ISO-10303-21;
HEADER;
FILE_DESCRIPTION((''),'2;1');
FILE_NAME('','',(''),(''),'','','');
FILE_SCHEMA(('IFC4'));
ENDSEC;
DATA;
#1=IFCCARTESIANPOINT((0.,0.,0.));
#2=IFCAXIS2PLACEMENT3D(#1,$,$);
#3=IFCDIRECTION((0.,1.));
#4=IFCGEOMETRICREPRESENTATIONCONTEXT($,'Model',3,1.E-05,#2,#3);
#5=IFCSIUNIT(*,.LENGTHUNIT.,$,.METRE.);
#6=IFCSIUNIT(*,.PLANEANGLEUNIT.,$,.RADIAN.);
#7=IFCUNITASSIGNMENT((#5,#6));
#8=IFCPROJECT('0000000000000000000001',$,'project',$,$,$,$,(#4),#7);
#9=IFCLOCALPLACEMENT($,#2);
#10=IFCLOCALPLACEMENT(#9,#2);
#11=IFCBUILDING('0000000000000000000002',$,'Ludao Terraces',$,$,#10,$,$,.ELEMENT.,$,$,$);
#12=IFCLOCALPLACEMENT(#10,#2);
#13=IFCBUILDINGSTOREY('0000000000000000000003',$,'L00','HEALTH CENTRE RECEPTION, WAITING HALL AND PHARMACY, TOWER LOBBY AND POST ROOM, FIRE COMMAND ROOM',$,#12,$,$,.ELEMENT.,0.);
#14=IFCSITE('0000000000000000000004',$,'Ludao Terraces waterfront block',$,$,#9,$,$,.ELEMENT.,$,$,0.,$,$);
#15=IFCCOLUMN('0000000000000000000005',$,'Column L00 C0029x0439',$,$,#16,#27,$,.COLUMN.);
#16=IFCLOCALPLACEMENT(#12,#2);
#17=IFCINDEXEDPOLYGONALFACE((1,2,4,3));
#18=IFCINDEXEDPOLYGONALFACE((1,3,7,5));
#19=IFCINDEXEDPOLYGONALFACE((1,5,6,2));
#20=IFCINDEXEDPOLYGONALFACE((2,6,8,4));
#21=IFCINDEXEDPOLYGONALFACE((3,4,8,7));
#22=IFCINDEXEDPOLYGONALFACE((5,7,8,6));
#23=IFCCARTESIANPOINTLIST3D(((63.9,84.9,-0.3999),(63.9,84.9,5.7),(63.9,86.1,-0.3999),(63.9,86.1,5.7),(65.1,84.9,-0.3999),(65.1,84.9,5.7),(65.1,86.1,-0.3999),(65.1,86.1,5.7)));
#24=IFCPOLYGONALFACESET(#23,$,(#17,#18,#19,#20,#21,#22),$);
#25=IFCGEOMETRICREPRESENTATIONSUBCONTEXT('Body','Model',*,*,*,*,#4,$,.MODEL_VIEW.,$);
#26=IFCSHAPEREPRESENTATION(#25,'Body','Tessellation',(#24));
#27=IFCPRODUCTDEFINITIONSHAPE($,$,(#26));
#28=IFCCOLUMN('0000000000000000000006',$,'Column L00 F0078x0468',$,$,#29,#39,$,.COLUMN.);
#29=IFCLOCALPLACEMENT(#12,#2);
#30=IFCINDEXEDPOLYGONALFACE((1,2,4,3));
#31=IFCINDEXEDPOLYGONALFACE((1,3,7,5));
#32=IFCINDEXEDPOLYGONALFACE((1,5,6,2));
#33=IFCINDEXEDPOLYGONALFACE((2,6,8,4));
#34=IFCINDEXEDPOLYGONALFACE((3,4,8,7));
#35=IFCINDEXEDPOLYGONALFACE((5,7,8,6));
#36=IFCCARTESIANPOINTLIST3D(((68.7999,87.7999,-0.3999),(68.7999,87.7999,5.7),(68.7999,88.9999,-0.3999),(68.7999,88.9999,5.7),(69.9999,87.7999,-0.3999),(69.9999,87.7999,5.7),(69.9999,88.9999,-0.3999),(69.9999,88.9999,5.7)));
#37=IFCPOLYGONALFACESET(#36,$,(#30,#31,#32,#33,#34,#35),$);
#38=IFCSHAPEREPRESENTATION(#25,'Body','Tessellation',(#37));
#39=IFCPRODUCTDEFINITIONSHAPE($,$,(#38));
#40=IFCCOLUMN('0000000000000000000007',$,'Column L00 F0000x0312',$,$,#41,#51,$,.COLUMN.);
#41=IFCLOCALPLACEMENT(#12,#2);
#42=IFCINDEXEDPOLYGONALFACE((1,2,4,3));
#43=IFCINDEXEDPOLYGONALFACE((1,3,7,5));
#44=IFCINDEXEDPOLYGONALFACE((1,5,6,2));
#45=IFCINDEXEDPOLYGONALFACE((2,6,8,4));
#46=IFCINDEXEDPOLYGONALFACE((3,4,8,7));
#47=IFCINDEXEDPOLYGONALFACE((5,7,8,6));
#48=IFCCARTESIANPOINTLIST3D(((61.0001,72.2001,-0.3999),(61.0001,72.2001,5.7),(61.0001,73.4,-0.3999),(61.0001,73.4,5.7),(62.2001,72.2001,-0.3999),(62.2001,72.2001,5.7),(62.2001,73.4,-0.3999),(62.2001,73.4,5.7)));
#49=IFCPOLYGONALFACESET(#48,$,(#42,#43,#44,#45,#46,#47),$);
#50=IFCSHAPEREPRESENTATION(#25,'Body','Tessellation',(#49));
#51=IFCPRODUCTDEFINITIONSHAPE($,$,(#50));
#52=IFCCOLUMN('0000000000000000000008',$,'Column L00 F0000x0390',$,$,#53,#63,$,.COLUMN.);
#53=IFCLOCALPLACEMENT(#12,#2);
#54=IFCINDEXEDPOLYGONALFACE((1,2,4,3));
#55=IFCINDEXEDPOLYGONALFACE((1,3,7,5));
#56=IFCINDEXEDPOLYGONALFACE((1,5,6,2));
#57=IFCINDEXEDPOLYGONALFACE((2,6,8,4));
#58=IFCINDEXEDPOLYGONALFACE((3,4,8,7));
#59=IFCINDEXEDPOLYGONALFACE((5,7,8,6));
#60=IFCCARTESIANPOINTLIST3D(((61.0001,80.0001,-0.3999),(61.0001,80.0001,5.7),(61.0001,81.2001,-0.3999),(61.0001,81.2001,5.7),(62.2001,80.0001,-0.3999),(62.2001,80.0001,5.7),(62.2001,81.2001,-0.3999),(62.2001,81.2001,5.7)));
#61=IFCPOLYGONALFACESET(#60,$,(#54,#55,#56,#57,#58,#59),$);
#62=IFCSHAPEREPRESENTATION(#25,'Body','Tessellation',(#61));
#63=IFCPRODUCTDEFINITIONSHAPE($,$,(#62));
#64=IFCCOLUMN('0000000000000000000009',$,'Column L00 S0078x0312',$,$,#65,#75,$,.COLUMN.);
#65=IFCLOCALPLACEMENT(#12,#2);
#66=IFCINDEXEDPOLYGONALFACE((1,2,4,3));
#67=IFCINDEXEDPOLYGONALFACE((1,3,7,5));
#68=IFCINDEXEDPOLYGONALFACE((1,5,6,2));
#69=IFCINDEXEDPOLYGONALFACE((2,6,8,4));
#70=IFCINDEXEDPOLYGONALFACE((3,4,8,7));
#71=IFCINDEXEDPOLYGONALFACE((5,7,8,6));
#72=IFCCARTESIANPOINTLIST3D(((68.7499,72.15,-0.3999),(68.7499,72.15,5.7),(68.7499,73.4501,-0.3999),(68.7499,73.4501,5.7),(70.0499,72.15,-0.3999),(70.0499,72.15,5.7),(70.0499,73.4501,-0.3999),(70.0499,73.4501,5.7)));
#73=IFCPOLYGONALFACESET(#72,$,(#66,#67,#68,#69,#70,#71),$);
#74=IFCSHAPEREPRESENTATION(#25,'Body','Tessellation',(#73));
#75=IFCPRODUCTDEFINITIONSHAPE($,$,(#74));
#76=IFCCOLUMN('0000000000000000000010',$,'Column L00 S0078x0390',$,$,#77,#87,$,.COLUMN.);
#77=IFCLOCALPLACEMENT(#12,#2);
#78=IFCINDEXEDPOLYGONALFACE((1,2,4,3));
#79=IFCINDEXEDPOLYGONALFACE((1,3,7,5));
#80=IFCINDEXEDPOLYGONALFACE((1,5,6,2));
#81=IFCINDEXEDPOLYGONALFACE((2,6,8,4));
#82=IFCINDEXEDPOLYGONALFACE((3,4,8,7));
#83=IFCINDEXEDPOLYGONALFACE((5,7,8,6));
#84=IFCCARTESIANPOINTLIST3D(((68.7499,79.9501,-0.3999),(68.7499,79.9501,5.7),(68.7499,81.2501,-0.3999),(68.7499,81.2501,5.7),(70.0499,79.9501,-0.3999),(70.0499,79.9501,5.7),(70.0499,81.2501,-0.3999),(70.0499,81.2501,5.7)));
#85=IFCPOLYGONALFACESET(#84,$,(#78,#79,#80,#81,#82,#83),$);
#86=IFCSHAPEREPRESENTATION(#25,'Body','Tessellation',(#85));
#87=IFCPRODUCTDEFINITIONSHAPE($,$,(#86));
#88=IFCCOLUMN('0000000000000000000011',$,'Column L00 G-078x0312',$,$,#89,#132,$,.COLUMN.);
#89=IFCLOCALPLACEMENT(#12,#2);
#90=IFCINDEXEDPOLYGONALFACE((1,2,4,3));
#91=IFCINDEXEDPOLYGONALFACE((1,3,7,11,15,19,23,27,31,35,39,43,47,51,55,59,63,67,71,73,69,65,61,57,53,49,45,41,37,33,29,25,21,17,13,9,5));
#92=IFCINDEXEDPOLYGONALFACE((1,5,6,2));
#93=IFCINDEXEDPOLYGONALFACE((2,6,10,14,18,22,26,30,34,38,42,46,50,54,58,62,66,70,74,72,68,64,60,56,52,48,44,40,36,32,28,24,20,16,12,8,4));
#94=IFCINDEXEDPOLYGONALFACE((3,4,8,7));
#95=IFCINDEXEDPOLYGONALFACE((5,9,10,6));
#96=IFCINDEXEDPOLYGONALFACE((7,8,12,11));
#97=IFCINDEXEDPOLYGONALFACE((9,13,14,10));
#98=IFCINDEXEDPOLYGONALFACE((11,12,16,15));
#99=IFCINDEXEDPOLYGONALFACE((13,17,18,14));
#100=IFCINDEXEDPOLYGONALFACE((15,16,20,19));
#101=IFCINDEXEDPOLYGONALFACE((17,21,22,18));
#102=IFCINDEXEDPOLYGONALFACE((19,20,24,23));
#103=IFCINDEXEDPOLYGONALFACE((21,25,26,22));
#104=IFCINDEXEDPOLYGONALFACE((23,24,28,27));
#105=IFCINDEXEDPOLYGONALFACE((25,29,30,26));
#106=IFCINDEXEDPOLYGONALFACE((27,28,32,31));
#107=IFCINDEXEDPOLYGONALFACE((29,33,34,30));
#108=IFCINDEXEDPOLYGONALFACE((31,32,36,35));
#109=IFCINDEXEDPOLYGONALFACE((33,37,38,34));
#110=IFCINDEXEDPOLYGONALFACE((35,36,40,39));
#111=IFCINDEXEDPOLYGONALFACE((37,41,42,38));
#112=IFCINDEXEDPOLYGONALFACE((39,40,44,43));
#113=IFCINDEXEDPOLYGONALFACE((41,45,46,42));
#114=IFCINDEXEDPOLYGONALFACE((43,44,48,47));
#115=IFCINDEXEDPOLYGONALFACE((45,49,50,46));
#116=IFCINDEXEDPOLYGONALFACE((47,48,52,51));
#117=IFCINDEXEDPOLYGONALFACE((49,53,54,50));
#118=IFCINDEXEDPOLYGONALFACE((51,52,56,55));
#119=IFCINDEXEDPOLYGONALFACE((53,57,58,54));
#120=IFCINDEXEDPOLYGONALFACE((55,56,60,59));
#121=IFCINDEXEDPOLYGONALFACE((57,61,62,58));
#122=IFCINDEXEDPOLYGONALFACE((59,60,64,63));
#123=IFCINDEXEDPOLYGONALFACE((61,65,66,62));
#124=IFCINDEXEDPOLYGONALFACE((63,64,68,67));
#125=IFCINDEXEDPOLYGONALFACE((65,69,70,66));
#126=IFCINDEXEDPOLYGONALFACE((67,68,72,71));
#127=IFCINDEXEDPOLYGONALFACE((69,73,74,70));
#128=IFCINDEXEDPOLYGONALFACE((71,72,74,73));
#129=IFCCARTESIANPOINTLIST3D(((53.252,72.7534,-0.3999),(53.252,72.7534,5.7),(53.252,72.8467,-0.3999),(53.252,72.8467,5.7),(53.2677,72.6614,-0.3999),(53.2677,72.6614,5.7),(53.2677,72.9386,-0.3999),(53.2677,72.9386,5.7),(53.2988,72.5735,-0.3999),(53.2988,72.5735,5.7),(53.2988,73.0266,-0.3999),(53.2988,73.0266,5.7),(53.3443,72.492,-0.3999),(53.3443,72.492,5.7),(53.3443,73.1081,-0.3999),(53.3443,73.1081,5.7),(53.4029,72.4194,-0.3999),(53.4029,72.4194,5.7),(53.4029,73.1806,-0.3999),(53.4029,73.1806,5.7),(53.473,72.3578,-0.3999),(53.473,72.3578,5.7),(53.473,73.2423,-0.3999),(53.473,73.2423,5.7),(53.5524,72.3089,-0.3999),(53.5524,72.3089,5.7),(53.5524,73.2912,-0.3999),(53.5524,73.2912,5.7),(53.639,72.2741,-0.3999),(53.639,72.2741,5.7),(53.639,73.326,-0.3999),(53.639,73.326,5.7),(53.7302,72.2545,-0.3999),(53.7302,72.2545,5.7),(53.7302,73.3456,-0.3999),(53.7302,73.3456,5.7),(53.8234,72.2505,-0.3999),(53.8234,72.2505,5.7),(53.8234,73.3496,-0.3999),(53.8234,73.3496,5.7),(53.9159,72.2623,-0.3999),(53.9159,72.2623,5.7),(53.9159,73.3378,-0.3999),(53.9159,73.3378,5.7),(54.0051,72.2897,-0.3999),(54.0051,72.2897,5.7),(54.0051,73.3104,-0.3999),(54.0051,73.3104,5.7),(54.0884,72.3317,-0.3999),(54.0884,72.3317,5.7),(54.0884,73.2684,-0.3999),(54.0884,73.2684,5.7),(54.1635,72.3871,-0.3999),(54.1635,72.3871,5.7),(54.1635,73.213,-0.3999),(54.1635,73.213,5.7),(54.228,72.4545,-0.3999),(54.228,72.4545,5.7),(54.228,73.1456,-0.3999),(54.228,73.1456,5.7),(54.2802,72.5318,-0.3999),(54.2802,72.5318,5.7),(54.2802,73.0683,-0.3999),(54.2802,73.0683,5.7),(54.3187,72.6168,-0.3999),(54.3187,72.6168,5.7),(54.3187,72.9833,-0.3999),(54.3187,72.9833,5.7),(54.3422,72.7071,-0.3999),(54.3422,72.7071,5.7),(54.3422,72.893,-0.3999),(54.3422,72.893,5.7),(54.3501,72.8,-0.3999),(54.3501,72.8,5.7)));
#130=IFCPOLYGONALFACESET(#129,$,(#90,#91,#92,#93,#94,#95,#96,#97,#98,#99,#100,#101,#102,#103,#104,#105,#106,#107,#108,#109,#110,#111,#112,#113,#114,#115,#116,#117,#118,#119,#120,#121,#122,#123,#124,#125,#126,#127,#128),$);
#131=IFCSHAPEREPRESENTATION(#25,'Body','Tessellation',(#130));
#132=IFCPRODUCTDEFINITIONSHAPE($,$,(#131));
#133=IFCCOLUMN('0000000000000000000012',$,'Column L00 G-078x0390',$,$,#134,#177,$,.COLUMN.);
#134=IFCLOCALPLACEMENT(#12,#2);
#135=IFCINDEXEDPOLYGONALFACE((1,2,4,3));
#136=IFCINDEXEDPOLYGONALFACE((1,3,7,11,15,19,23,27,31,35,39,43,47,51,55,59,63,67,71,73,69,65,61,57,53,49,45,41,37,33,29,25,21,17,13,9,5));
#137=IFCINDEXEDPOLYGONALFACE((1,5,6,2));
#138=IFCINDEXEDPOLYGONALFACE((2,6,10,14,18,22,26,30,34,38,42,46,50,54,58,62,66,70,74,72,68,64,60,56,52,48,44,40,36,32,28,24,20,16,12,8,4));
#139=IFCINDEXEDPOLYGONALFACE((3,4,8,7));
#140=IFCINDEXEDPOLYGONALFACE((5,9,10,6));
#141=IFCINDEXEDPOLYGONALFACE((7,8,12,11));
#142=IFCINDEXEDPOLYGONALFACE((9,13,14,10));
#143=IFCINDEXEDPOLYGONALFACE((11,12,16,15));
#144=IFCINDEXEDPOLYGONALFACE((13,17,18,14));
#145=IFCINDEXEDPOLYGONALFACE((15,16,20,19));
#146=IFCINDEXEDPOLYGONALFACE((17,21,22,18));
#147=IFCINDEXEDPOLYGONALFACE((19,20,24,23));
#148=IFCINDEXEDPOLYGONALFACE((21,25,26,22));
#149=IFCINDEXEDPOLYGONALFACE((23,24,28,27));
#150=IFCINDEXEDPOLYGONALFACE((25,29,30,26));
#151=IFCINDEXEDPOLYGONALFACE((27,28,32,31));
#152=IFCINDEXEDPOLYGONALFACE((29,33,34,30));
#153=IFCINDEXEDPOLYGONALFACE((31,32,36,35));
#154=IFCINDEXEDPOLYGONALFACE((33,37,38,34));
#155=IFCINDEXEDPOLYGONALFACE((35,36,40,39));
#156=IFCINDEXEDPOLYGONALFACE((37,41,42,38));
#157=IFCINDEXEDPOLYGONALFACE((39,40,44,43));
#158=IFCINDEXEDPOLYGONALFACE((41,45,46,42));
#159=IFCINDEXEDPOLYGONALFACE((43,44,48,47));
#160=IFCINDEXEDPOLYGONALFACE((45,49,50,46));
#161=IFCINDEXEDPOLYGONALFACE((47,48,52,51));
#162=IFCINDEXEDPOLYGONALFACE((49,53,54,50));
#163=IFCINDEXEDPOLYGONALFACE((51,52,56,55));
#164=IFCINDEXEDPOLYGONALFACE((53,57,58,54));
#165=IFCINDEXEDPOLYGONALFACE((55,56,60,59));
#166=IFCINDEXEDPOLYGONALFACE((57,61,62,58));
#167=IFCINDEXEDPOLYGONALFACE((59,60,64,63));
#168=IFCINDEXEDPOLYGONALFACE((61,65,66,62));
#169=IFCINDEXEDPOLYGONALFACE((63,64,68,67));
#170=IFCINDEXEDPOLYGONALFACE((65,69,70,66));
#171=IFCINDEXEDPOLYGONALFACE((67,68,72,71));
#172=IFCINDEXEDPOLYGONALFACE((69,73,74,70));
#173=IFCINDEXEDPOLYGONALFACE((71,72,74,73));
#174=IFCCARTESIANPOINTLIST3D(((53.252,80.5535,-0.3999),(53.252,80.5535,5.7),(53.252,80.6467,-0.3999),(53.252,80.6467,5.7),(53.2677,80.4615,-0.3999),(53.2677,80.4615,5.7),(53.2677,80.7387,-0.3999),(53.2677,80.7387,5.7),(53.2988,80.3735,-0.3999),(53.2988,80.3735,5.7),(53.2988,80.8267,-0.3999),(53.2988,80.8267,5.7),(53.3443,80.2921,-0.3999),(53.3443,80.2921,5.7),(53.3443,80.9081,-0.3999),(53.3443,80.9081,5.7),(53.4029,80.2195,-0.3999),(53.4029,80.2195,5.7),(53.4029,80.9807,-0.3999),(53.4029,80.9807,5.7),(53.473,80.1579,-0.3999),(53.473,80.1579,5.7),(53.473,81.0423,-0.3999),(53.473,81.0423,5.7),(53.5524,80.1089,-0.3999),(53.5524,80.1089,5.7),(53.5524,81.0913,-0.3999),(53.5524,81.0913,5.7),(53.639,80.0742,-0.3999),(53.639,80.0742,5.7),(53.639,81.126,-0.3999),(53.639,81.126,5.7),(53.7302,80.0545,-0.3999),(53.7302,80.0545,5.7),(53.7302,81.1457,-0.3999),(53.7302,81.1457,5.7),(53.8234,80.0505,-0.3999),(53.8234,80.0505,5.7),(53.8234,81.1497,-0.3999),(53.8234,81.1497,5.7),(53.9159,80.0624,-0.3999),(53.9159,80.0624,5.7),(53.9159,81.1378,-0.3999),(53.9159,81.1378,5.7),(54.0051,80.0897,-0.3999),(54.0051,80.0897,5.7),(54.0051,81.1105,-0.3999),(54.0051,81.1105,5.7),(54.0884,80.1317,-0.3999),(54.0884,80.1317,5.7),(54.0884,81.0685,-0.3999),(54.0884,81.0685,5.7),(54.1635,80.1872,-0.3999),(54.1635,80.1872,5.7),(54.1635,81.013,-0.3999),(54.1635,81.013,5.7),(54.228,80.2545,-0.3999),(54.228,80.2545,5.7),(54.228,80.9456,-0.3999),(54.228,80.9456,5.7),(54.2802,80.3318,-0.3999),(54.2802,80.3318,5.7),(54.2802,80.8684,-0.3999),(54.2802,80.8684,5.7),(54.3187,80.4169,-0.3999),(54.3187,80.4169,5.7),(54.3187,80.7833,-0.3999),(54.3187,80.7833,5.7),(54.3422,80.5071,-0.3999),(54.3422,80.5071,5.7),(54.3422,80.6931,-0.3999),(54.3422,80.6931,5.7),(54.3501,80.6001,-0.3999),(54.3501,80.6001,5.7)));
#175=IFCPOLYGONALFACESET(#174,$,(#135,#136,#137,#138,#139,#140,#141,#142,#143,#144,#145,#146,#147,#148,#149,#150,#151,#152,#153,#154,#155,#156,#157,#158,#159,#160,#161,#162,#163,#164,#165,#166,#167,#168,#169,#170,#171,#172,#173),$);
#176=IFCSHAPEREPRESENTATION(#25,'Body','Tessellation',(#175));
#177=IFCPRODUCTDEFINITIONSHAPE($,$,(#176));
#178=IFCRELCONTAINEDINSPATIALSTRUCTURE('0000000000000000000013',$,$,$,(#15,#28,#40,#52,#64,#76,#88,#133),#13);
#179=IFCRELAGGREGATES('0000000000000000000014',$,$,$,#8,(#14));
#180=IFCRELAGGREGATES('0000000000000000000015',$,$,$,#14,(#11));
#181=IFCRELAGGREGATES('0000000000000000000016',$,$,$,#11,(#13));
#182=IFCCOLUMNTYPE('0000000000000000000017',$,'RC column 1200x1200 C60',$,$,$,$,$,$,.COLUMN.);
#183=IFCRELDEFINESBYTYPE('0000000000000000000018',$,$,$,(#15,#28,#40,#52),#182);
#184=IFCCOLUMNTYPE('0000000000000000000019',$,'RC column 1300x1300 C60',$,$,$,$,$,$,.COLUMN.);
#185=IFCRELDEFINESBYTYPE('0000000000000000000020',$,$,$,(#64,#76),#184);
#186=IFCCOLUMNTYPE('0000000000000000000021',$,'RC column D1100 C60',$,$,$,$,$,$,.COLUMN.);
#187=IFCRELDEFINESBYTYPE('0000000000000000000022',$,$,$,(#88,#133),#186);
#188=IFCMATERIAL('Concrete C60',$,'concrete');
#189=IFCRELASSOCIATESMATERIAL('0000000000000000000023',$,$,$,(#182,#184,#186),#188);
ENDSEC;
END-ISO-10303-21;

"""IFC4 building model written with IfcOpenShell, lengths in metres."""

from ifc_helpers import new_model, si_unit, direction, frame, origin, origin_2d, place, context, subcontext, project, spatial, rectangle, circle, extrude, material, material_profile, profile_set, type_object, element, save


model = new_model("IFC4")

# Units and contexts
model_context = context("Model", 3, precision=1e-05, world=origin(), true_north=direction((0.0, 1.0)))
body_context = subcontext(model_context, "Body", "Model", "MODEL_VIEW")
ifc_project = project(units=[si_unit("LENGTHUNIT", "METRE"), si_unit("PLANEANGLEUNIT", "RADIAN")], contexts=[model_context])

# Site, building, storey
site_placement = place(None, origin())
site = spatial("IfcSite", under=ifc_project, at=site_placement, Name="Ludao Terraces waterfront block", CompositionType="ELEMENT", RefElevation=0.0)
building_placement = place(site_placement, origin())
building = spatial("IfcBuilding", under=site, at=building_placement, Name="Ludao Terraces", CompositionType="ELEMENT")
storey_placement = place(building_placement, origin())
storey = spatial("IfcBuildingStorey", under=building, at=storey_placement, Name="L00", Description="HEALTH CENTRE RECEPTION, WAITING HALL AND PHARMACY, TOWER LOBBY AND POST ROOM, FIRE COMMAND ROOM", CompositionType="ELEMENT", Elevation=0.0)

# Columns
ifc_material_1 = material(Name="Concrete C60", Category="concrete")
ifc_material_profile_1 = material_profile(ifc_material_1, rectangle(XDim=1.2, YDim=1.2, at=origin_2d()), Name="1200 X 1200")
ifc_profile_set_1 = profile_set([ifc_material_profile_1], Name="Concrete C60")
column_type_1 = type_object("IfcColumnType", Name="RC column 1200x1200 C60", PredefinedType="COLUMN", material=ifc_profile_set_1)
for number, where, z_axis, x_axis, name in (
    (1, (64.5, 85.5, -0.3999), (0.0, 0.0, 1.0), (1.0, 0.0, 0.0), "Column L00 C0029x0439"),
    (2, (69.3999, 88.3999, -0.3999), (0.0, 0.0, 1.0), (1.0, 0.0, 0.0), "Column L00 F0078x0468"),
    (3, (61.6001, 72.8, -0.3999), (0.0, 0.0, 1.0), (1.0, 0.0, 0.0), "Column L00 F0000x0312"),
    (4, (61.6001, 80.6001, -0.3999), (0.0, 0.0, 1.0), (1.0, 0.0, 0.0), "Column L00 F0000x0390"),
):
    element("IfcColumn", number, at=place(storey_placement, frame(where, z_axis=z_axis, x_axis=x_axis)), inside=storey, type_object=column_type_1, Name=name, PredefinedType="COLUMN", context=body_context, shape_type="SweptSolid", body=[
        extrude(rectangle(XDim=1.2, YDim=1.2, at=origin_2d()), origin(), (0.0, 0.0, 1.0), 6.0999),
    ])
ifc_material_profile_2 = material_profile(ifc_material_1, rectangle(XDim=1.3, YDim=1.3, at=origin_2d()), Name="1300 X 1300")
ifc_profile_set_2 = profile_set([ifc_material_profile_2], Name="Concrete C60")
column_type_2 = type_object("IfcColumnType", Name="RC column 1300x1300 C60", PredefinedType="COLUMN", material=ifc_profile_set_2)
for number, where, z_axis, x_axis, name in (
    (5, (69.3999, 72.8, -0.3999), (0.0, 0.0, 1.0), (1.0, 0.0, 0.0), "Column L00 S0078x0312"),
    (6, (69.3999, 80.6001, -0.3999), (0.0, 0.0, 1.0), (1.0, 0.0, 0.0), "Column L00 S0078x0390"),
):
    element("IfcColumn", number, at=place(storey_placement, frame(where, z_axis=z_axis, x_axis=x_axis)), inside=storey, type_object=column_type_2, Name=name, PredefinedType="COLUMN", context=body_context, shape_type="SweptSolid", body=[
        extrude(rectangle(XDim=1.3, YDim=1.3, at=origin_2d()), origin(), (0.0, 0.0, 1.0), 6.0999),
    ])
ifc_material_profile_3 = material_profile(ifc_material_1, circle(Radius=0.55, at=origin_2d()), Name="D1100")
ifc_profile_set_3 = profile_set([ifc_material_profile_3], Name="Concrete C60")
column_type_3 = type_object("IfcColumnType", Name="RC column D1100 C60", PredefinedType="COLUMN", material=ifc_profile_set_3)
for number, where, z_axis, x_axis, name in (
    (7, (53.8, 72.8, -0.3999), (0.0, 0.0, 1.0), (1.0, 0.0, 0.0), "Column L00 G-078x0312"),
    (8, (53.8, 80.6001, -0.3999), (0.0, 0.0, 1.0), (1.0, 0.0, 0.0), "Column L00 G-078x0390"),
):
    element("IfcColumn", number, at=place(storey_placement, frame(where, z_axis=z_axis, x_axis=x_axis)), inside=storey, type_object=column_type_3, Name=name, PredefinedType="COLUMN", context=body_context, shape_type="SweptSolid", body=[
        extrude(circle(Radius=0.55, at=origin_2d()), origin(), (0.0, 0.0, 1.0), 6.0999),
    ])

save(model, "model.ifc")
